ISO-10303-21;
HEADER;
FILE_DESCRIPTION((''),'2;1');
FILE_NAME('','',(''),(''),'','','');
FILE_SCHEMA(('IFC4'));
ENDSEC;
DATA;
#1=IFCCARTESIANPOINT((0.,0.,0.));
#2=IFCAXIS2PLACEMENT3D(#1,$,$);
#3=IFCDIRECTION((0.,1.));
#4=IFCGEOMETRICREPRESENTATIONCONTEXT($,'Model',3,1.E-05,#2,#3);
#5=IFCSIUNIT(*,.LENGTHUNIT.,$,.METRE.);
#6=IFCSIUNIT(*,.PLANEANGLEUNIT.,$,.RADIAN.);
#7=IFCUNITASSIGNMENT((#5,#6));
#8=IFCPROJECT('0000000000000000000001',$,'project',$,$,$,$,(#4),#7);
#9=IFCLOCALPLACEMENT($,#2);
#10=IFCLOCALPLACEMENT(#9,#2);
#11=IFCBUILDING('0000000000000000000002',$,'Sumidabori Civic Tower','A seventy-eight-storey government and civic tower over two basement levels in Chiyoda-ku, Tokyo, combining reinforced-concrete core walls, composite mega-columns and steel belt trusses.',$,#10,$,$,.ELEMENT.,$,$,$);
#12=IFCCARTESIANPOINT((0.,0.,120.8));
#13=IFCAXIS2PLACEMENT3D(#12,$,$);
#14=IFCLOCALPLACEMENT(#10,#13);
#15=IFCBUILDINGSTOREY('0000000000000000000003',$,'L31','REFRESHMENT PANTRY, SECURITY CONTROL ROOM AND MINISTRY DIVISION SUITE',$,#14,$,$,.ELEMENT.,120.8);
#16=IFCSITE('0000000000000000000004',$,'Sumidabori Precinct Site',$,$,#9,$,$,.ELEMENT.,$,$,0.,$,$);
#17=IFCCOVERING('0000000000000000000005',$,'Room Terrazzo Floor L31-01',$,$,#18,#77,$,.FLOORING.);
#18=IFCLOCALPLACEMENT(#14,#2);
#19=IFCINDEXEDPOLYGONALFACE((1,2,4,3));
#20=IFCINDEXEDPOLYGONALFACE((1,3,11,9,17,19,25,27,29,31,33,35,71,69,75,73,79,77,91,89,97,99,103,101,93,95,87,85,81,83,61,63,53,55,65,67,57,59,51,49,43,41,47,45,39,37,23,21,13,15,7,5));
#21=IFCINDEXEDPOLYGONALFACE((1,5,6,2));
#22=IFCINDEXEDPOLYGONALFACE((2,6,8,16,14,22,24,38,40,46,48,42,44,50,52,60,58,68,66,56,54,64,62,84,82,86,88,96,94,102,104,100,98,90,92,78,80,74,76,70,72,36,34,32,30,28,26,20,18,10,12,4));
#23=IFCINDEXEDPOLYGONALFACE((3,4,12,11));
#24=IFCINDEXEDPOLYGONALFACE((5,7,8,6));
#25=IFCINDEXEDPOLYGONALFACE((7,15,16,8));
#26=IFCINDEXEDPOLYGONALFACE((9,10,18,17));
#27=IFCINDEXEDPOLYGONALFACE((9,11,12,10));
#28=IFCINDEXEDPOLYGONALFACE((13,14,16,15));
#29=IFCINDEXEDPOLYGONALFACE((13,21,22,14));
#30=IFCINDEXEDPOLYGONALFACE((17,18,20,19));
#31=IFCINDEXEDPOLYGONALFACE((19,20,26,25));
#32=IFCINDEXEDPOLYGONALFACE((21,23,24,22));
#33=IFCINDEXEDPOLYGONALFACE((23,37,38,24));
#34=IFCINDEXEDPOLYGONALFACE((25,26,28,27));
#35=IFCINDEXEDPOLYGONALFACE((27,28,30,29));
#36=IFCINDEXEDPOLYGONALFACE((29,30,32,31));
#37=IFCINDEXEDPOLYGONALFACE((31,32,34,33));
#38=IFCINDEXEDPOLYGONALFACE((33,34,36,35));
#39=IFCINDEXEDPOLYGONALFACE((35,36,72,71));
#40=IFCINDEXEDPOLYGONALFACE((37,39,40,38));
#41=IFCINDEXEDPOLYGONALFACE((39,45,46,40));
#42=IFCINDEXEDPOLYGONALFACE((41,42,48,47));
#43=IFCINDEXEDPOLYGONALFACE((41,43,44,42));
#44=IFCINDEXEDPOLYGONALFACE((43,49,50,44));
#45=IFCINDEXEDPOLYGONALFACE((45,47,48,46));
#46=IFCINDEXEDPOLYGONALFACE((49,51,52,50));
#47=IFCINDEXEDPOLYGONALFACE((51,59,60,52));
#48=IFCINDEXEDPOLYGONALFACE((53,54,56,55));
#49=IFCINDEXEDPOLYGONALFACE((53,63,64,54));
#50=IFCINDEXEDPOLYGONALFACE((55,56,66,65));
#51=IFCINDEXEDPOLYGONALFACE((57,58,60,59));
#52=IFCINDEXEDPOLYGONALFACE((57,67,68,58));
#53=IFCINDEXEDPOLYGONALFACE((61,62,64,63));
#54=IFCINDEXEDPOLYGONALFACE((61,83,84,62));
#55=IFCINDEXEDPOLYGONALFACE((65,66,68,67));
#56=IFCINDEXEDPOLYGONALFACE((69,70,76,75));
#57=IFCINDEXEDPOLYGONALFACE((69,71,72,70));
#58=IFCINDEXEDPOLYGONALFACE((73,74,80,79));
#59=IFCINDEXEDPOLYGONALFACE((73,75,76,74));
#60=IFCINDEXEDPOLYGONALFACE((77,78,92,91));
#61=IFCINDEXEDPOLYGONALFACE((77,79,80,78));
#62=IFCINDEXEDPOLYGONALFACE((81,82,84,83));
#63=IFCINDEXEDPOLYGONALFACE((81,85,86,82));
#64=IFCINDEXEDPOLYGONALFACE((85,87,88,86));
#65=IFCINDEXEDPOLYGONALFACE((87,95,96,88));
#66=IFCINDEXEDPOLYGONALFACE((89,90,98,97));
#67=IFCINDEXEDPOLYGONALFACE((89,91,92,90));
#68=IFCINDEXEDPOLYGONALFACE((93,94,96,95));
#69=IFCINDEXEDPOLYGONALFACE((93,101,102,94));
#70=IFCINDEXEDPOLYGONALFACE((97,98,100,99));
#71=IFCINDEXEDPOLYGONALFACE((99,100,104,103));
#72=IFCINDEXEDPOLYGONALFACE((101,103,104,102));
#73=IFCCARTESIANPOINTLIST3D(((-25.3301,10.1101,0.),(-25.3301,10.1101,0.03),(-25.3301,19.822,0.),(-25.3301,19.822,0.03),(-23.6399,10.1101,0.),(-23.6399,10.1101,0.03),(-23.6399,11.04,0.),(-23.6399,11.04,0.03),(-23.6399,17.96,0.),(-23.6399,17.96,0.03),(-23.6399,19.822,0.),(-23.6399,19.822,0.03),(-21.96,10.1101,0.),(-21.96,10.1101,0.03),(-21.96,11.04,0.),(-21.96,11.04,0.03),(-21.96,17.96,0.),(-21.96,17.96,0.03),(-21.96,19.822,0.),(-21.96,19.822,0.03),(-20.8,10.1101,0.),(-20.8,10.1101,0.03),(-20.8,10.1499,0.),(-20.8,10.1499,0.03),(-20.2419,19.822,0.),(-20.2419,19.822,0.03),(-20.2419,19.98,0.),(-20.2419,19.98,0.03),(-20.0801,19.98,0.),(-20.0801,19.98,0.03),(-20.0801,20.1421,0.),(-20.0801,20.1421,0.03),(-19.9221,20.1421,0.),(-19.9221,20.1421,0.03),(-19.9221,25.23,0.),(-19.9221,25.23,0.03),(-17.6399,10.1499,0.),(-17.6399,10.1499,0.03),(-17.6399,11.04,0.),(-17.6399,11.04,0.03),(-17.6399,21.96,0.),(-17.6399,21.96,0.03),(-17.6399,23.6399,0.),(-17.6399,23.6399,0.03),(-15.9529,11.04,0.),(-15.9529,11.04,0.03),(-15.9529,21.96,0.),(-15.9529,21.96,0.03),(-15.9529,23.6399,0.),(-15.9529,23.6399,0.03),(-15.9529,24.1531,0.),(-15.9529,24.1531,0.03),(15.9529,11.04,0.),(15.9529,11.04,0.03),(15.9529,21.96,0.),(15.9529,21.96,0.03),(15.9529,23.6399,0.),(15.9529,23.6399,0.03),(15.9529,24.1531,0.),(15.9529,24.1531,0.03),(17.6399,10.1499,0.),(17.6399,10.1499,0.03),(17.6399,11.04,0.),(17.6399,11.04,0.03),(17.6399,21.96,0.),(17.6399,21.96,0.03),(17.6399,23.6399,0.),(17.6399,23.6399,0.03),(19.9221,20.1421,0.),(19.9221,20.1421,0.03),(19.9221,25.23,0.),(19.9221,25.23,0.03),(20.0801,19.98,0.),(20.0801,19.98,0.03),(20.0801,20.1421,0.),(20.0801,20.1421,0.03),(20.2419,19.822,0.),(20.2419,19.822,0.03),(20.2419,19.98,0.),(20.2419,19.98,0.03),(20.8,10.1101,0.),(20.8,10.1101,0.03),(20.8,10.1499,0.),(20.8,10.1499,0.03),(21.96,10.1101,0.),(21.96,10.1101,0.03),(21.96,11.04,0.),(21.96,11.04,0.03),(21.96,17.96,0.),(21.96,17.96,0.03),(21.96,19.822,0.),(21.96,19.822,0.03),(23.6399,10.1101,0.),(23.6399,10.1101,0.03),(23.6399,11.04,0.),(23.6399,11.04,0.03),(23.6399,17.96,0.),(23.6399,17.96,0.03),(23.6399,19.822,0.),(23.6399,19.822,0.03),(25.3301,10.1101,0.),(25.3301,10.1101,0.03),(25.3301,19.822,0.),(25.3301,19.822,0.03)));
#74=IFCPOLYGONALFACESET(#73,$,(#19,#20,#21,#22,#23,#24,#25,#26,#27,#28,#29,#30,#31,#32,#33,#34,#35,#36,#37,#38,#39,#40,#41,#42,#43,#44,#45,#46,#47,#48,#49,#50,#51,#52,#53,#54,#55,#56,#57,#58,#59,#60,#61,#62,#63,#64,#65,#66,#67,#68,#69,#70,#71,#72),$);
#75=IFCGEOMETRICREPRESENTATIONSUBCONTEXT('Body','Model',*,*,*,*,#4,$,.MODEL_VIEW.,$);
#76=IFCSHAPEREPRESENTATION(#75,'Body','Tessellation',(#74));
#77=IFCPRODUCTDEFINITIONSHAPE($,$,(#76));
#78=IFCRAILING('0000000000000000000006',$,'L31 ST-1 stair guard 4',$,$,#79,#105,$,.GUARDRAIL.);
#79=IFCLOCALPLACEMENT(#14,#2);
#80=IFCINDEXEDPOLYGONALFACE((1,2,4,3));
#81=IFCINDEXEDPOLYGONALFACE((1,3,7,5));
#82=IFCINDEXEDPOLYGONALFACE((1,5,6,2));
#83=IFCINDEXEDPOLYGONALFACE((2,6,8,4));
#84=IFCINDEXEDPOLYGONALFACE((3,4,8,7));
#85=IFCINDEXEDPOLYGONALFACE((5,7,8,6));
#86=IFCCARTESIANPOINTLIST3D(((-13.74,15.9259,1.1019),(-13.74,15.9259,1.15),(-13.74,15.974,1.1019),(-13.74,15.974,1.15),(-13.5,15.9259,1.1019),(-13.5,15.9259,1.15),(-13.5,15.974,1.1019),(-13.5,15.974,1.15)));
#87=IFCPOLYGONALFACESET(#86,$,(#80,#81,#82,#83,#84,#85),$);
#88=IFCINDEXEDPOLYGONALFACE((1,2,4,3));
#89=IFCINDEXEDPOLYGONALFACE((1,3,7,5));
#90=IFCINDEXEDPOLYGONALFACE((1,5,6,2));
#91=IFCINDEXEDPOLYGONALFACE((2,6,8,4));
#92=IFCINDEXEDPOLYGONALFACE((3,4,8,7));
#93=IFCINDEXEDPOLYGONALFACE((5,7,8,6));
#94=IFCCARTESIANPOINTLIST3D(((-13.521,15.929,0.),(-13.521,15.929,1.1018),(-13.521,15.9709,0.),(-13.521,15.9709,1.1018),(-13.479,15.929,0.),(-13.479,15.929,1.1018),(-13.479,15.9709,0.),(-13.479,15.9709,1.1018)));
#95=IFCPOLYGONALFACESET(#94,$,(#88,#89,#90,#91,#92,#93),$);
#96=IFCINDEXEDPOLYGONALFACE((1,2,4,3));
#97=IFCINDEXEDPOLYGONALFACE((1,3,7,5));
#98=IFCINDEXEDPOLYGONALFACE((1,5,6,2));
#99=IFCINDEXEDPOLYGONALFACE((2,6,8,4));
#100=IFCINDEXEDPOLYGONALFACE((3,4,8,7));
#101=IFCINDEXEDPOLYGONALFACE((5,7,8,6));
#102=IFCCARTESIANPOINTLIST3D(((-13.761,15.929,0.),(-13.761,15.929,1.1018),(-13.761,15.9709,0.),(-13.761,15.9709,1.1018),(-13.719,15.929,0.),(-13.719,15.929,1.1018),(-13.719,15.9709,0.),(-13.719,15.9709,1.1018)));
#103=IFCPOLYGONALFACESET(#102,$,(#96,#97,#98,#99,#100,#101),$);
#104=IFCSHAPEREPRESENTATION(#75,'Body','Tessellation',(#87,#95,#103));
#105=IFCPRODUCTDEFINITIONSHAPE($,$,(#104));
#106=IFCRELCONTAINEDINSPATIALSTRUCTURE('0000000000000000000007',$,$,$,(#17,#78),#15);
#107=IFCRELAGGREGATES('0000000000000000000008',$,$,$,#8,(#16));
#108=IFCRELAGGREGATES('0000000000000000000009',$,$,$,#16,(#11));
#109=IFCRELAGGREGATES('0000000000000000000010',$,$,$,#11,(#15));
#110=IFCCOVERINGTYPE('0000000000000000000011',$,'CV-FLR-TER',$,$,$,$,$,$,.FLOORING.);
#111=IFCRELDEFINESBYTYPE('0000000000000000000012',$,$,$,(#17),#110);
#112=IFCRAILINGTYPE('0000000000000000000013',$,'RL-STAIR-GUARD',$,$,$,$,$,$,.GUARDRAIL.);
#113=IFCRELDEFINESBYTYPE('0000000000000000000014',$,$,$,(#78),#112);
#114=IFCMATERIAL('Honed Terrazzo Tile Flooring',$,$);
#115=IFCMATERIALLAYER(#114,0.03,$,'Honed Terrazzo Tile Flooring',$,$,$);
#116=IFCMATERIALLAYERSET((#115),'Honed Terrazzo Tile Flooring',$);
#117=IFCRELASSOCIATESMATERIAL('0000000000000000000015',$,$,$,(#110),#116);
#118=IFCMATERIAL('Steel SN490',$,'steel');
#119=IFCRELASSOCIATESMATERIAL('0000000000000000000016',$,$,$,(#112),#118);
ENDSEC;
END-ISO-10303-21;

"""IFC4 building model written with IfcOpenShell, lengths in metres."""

from ifc_helpers import new_model, si_unit, direction, frame, origin, origin_2d, place, context, subcontext, project, spatial, polyline, rectangle, outline, extrude, material, layer, layer_set, type_object, element, save


model = new_model("IFC4")

# Units and contexts
model_context = context("Model", 3, precision=1e-05, world=origin(), true_north=direction((0.0, 1.0)))
body_context = subcontext(model_context, "Body", "Model", "MODEL_VIEW")
ifc_project = project(units=[si_unit("LENGTHUNIT", "METRE"), si_unit("PLANEANGLEUNIT", "RADIAN")], contexts=[model_context])

# Site, building, storey
site_placement = place(None, origin())
site = spatial("IfcSite", under=ifc_project, at=site_placement, Name="Sumidabori Precinct Site", CompositionType="ELEMENT", RefElevation=0.0)
building_placement = place(site_placement, origin())
building = spatial("IfcBuilding", under=site, at=building_placement, Name="Sumidabori Civic Tower", Description="A seventy-eight-storey government and civic tower over two basement levels in Chiyoda-ku, Tokyo, combining reinforced-concrete core walls, composite mega-columns and steel belt trusses.", CompositionType="ELEMENT")
storey_placement = place(building_placement, frame((0.0, 0.0, 120.8)))
storey = spatial("IfcBuildingStorey", under=building, at=storey_placement, Name="L31", Description="REFRESHMENT PANTRY, SECURITY CONTROL ROOM AND MINISTRY DIVISION SUITE", CompositionType="ELEMENT", Elevation=120.8)

# Shared definitions
ifc_material_1 = material(Name="Steel SN490", Category="steel")

# Covering
ifc_material_2 = material(Name="Honed Terrazzo Tile Flooring")
ifc_layer_1 = layer(ifc_material_2, 0.03, Name="Honed Terrazzo Tile Flooring")
ifc_layer_set_1 = layer_set([ifc_layer_1], Name="Honed Terrazzo Tile Flooring")
covering_type_1 = type_object("IfcCoveringType", Name="CV-FLR-TER", PredefinedType="FLOORING", material=ifc_layer_set_1)
covering_1_placement = place(storey_placement, origin())
element("IfcCovering", 1, at=covering_1_placement, inside=storey, type_object=covering_type_1, Name="Room Terrazzo Floor L31-01", PredefinedType="FLOORING", context=body_context, shape_type="SweptSolid", body=[
    extrude(outline(polyline([(-23.6399, 17.96), (-21.96, 17.96), (-21.96, 19.822), (-20.2419, 19.822), (-20.2419, 19.98), (-20.0801, 19.98), (-20.0801, 20.1421), (-19.9221, 20.1421), (-19.9221, 25.23), (19.9221, 25.23), (19.9221, 20.1421), (20.0801, 20.1421), (20.0801, 19.98), (20.2419, 19.98), (20.2419, 19.822), (21.96, 19.822), (21.96, 17.96), (23.6399, 17.96), (23.6399, 19.822), (25.3301, 19.822), (25.3301, 10.1101), (23.6399, 10.1101), (23.6399, 11.04), (21.96, 11.04), (21.96, 10.1101), (20.8, 10.1101), (20.8, 10.1499), (17.6399, 10.1499), (17.6399, 11.04), (15.9529, 11.04), (15.9529, 21.96), (17.6399, 21.96), (17.6399, 23.6399), (15.9529, 23.6399), (15.9529, 24.1531), (-15.9529, 24.1531), (-15.9529, 23.6399), (-17.6399, 23.6399), (-17.6399, 21.96), (-15.9529, 21.96), (-15.9529, 11.04), (-17.6399, 11.04), (-17.6399, 10.1499), (-20.8, 10.1499), (-20.8, 10.1101), (-21.96, 10.1101), (-21.96, 11.04), (-23.6399, 11.04), (-23.6399, 10.1101), (-25.3301, 10.1101), (-25.3301, 19.822), (-23.6399, 19.822), (-23.6399, 17.96)])), origin(), (0.0, 0.0, 1.0), 0.03),
])

# Railing
railing_type = type_object("IfcRailingType", Name="RL-STAIR-GUARD", PredefinedType="GUARDRAIL", material=ifc_material_1)
railing_placement = place(storey_placement, frame((-13.5, 15.95, 0.0)))
element("IfcRailing", 2, at=railing_placement, inside=storey, type_object=railing_type, Name="L31 ST-1 stair guard 4", PredefinedType="GUARDRAIL", context=body_context, shape_type="SweptSolid", body=[
    extrude(rectangle(XDim=0.0481, YDim=0.0481, at=origin_2d()), frame((0.0, 0.0, 1.126), z_axis=(-1.0, 0.0, 0.0), x_axis=(0.0, -1.0, 0.0)), (0.0, 0.0, 1.0), 0.24),
    extrude(rectangle(XDim=0.042, YDim=0.042, at=origin_2d()), origin(), (0.0, 0.0, 1.0), 1.1018),
    extrude(rectangle(XDim=0.042, YDim=0.042, at=origin_2d()), frame((-0.24, 0.0, 0.0)), (0.0, 0.0, 1.0), 1.1018),
])

save(model, "model.ifc")
